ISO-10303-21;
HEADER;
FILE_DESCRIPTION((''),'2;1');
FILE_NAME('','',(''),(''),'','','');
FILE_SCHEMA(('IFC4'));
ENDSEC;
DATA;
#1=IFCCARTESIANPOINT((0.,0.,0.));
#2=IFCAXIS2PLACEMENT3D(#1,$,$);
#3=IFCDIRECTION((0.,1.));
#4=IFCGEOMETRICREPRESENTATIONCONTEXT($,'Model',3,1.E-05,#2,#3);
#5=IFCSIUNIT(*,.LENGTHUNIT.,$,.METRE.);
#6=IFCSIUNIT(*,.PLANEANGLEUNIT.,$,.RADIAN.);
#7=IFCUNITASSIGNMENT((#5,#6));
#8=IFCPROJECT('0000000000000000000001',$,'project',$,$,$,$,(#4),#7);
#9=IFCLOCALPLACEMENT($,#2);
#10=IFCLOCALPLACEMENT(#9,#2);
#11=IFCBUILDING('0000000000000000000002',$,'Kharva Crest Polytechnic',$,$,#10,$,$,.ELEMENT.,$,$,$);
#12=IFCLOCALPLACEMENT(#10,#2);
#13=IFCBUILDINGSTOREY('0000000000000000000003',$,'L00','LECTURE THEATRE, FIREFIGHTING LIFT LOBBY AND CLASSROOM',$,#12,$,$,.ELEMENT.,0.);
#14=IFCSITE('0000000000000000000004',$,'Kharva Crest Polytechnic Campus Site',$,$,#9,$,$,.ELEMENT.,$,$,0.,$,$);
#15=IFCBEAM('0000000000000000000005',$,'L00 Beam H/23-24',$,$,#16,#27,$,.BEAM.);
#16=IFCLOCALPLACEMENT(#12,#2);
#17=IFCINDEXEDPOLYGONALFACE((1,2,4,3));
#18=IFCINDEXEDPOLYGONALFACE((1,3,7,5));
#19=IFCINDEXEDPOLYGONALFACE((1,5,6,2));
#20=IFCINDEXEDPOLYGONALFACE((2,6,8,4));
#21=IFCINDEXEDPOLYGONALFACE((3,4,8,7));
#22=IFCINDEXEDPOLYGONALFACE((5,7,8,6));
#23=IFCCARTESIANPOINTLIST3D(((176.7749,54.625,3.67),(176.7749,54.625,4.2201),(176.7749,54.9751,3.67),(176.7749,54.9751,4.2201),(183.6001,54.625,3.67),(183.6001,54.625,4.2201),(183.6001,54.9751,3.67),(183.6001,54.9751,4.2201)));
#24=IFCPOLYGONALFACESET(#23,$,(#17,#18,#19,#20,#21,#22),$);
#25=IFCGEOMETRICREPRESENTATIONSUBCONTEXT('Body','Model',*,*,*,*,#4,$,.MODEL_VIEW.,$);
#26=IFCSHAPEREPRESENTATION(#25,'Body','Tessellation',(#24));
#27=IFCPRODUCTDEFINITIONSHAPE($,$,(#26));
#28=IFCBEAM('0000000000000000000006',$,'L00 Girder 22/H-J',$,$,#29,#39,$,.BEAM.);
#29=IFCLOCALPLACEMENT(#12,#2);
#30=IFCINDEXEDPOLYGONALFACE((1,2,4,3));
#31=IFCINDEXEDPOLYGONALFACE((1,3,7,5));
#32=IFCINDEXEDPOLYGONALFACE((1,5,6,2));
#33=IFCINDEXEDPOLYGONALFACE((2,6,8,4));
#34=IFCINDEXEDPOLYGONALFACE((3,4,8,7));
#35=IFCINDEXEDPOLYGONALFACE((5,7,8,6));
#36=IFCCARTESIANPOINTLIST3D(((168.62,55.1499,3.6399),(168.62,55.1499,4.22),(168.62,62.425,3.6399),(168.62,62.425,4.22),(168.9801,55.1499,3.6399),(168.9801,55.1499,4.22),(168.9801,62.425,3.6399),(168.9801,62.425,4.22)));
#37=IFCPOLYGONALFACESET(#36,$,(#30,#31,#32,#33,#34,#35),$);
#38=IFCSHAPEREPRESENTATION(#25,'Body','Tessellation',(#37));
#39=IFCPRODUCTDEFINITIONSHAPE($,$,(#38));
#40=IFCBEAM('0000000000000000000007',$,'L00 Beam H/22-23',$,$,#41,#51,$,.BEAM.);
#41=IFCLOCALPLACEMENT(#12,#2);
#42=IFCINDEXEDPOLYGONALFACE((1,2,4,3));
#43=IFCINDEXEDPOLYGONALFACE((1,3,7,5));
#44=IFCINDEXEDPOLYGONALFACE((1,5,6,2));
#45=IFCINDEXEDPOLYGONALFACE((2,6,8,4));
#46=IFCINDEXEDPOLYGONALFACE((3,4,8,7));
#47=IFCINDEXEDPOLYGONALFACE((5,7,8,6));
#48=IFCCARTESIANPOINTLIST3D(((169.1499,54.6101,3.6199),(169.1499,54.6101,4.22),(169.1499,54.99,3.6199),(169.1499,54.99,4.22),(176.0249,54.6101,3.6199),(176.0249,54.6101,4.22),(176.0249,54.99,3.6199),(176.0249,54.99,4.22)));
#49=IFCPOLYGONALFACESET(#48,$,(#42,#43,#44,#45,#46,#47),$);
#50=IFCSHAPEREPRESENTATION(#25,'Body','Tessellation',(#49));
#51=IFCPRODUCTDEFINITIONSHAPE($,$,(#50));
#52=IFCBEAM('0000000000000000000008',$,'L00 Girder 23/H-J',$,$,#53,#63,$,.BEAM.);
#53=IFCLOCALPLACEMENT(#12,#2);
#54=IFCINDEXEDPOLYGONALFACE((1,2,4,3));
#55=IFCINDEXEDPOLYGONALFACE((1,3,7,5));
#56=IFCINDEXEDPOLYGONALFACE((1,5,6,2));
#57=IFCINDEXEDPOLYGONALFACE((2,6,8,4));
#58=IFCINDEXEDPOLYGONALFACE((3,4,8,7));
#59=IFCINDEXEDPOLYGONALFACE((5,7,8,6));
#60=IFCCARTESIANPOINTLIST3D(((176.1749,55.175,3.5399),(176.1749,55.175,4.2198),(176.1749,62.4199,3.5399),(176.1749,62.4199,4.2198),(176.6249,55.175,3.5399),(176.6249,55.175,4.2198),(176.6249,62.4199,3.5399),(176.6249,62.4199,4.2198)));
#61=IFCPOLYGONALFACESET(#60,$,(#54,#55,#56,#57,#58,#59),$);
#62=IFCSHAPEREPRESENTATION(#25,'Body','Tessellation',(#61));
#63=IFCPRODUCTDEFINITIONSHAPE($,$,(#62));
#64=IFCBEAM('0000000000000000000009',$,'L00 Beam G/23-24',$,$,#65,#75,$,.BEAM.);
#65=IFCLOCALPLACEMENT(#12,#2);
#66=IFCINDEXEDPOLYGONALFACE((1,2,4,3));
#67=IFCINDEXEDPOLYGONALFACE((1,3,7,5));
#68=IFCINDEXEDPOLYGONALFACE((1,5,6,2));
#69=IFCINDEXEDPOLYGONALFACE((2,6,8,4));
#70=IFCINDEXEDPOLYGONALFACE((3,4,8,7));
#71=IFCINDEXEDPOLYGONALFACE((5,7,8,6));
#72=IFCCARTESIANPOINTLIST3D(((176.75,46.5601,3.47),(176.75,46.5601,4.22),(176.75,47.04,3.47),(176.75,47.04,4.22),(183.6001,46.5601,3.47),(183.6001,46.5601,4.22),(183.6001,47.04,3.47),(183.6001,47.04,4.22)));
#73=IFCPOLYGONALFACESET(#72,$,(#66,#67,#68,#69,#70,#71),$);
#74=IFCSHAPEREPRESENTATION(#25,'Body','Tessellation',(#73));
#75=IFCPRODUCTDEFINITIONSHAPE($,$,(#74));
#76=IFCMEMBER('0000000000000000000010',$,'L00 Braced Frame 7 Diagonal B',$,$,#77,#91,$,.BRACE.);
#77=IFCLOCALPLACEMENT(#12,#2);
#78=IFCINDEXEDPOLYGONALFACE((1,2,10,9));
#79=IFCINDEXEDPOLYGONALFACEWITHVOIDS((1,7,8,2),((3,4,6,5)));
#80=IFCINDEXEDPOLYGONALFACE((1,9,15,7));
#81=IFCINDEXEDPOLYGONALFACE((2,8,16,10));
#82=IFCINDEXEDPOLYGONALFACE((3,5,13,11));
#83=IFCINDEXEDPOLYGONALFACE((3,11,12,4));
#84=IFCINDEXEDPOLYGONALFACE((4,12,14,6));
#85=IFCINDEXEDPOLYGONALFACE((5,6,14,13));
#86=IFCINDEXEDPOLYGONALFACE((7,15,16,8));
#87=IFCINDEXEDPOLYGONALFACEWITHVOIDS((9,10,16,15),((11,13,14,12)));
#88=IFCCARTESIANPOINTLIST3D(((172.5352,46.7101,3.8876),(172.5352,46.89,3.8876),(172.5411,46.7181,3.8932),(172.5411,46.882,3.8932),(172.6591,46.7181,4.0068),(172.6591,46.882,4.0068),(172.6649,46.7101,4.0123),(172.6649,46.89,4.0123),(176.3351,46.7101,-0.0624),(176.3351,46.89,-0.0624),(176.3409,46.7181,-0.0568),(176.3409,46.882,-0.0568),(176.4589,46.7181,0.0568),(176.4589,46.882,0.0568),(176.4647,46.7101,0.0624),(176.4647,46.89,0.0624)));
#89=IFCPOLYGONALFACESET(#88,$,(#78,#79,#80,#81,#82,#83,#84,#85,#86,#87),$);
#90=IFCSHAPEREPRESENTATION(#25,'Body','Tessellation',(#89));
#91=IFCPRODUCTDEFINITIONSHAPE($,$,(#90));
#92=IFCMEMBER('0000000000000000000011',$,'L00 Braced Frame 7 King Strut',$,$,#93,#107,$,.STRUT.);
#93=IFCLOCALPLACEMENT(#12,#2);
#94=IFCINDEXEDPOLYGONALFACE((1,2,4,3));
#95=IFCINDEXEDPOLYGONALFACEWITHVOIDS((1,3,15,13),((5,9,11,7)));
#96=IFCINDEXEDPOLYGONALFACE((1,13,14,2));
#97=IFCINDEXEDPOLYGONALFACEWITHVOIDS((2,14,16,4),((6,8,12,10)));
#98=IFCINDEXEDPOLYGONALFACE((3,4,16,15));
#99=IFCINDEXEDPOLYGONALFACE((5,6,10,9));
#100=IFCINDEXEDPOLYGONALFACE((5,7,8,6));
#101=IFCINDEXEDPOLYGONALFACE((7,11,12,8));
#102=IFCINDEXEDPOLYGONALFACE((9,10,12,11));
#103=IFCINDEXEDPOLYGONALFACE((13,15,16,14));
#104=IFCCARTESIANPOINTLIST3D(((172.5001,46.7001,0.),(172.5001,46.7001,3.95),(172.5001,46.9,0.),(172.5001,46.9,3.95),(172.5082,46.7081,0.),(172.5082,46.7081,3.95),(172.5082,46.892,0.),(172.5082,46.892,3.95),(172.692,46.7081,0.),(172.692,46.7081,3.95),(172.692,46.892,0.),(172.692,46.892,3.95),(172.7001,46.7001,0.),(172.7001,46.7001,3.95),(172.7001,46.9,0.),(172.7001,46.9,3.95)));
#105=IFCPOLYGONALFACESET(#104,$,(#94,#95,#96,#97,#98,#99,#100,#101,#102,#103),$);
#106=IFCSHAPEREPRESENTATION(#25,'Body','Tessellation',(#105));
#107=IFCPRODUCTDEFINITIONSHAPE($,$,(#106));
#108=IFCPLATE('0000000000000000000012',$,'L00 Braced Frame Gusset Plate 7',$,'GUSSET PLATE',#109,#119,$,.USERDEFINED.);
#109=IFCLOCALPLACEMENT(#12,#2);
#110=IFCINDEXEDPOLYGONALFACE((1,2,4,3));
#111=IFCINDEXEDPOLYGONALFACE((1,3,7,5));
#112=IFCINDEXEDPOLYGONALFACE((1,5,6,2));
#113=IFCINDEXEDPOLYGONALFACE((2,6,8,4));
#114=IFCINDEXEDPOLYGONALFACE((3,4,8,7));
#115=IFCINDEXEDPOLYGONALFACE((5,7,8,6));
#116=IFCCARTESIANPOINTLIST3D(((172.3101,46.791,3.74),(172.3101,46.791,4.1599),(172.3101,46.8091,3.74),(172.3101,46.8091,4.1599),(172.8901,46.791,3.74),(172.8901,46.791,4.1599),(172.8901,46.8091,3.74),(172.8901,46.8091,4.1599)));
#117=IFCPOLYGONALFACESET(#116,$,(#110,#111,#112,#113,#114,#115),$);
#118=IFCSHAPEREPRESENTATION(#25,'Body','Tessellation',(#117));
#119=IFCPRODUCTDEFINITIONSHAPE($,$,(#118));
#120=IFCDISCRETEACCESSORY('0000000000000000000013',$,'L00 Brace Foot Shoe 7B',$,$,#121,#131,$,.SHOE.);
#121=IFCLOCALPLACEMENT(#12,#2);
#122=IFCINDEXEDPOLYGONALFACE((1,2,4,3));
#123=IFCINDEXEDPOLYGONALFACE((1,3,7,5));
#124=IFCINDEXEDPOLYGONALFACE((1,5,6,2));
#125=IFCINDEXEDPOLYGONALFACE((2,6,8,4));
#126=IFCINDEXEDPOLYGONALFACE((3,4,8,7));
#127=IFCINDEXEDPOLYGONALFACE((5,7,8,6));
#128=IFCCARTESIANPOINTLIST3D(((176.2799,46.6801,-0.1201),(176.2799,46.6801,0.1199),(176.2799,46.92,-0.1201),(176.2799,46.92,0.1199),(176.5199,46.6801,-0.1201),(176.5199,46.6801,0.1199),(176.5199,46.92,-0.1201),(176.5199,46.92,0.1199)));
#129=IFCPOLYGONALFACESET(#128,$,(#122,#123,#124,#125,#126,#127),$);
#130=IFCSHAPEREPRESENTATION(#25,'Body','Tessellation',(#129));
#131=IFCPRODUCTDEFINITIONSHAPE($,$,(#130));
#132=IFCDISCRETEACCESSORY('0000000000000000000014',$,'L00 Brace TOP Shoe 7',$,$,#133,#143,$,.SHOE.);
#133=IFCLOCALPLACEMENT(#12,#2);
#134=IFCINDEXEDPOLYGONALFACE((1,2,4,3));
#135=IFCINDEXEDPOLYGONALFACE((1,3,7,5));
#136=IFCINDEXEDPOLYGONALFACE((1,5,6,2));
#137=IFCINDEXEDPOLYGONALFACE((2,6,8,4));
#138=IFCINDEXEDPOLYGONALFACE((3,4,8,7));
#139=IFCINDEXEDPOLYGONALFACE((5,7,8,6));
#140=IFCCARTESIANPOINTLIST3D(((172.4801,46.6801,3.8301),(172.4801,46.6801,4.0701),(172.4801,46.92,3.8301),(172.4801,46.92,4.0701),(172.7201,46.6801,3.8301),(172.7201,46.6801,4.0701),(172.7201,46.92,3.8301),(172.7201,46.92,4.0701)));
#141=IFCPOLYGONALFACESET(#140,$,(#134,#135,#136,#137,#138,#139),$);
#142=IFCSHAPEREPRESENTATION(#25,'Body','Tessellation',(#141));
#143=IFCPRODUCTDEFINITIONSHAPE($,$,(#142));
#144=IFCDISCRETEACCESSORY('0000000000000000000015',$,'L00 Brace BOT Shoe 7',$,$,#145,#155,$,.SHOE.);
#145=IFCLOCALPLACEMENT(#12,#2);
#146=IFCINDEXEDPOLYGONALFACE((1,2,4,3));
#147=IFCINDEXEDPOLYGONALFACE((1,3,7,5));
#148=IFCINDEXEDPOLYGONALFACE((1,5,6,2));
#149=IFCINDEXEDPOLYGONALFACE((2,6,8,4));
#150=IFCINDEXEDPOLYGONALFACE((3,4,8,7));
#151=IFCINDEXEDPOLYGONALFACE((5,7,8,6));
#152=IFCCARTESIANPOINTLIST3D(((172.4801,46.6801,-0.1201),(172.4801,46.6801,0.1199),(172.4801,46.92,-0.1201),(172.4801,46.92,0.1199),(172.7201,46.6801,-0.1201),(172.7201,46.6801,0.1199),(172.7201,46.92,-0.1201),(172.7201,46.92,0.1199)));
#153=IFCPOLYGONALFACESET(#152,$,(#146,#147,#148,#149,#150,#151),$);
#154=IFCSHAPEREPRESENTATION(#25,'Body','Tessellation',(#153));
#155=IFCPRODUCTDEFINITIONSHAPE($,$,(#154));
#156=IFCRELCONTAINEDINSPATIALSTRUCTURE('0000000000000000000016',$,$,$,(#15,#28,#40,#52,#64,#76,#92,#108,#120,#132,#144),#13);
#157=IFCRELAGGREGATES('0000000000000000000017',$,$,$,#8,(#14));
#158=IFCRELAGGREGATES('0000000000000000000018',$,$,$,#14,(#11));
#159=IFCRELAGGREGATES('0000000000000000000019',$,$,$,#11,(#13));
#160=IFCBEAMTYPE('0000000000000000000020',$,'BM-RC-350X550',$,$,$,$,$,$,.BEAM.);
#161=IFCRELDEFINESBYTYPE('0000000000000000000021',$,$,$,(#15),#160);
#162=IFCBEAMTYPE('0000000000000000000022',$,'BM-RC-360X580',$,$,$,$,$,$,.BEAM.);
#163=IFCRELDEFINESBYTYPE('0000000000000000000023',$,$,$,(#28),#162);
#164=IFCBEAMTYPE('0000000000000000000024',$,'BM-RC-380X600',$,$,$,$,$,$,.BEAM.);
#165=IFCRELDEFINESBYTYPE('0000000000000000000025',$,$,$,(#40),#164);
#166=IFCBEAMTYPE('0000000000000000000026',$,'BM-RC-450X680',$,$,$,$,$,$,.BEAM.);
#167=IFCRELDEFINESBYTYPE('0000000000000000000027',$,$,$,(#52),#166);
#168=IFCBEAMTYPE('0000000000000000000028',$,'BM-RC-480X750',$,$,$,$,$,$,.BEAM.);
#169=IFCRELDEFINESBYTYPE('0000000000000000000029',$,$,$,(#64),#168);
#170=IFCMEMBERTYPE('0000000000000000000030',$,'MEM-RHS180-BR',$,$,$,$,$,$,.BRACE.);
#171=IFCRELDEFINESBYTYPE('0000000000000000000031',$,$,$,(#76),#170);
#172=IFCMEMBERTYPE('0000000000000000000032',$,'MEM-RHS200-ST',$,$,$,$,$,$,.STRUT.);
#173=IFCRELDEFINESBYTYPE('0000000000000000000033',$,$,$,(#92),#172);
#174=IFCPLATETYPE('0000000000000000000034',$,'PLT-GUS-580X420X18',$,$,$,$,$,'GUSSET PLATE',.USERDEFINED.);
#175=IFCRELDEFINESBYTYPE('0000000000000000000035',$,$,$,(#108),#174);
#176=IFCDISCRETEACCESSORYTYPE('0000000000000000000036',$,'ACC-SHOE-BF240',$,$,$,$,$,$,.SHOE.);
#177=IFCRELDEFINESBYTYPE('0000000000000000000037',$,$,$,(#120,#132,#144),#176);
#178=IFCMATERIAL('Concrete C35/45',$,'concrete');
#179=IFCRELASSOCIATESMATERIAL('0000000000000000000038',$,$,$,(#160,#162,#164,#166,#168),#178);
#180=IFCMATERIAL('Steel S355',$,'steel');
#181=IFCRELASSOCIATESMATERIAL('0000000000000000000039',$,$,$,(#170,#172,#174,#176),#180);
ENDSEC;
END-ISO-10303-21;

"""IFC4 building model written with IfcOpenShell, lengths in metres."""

from ifc_helpers import new_model, si_unit, direction, frame, origin, origin_2d, place, context, subcontext, project, spatial, rectangle, hollow_rectangle, extrude, material, material_profile, profile_set, type_object, element, save


model = new_model("IFC4")

# Units and contexts
model_context = context("Model", 3, precision=1e-05, world=origin(), true_north=direction((0.0, 1.0)))
body_context = subcontext(model_context, "Body", "Model", "MODEL_VIEW")
ifc_project = project(units=[si_unit("LENGTHUNIT", "METRE"), si_unit("PLANEANGLEUNIT", "RADIAN")], contexts=[model_context])

# Site, building, storey
site_placement = place(None, origin())
site = spatial("IfcSite", under=ifc_project, at=site_placement, Name="Kharva Crest Polytechnic Campus Site", CompositionType="ELEMENT", RefElevation=0.0)
building_placement = place(site_placement, origin())
building = spatial("IfcBuilding", under=site, at=building_placement, Name="Kharva Crest Polytechnic", CompositionType="ELEMENT")
storey_placement = place(building_placement, origin())
storey = spatial("IfcBuildingStorey", under=building, at=storey_placement, Name="L00", Description="LECTURE THEATRE, FIREFIGHTING LIFT LOBBY AND CLASSROOM", CompositionType="ELEMENT", Elevation=0.0)

# Shared definitions
ifc_material_1 = material(Name="Concrete C35/45", Category="concrete")

# Beams
ifc_material_profile_1 = material_profile(ifc_material_1, rectangle(XDim=0.3501, YDim=0.55, at=origin_2d()), Name="RECT 350 X 550")
ifc_profile_set_1 = profile_set([ifc_material_profile_1], Name="Concrete C35/45")
beam_type_1 = type_object("IfcBeamType", Name="BM-RC-350X550", PredefinedType="BEAM", material=ifc_profile_set_1)
beam_1_placement = place(storey_placement, frame((176.7749, 54.8, 3.9451), z_axis=(1.0, 0.0, 0.0), x_axis=(0.0, 1.0, 0.0)))
element("IfcBeam", 1, at=beam_1_placement, inside=storey, type_object=beam_type_1, Name="L00 Beam H/23-24", PredefinedType="BEAM", context=body_context, shape_type="SweptSolid", body=[
    extrude(rectangle(XDim=0.3501, YDim=0.55, at=origin_2d()), origin(), (0.0, 0.0, 1.0), 6.8252),
])
ifc_material_profile_2 = material_profile(ifc_material_1, rectangle(XDim=0.3601, YDim=0.5801, at=origin_2d()), Name="RECT 360 X 580")
ifc_profile_set_2 = profile_set([ifc_material_profile_2], Name="Concrete C35/45")
beam_type_2 = type_object("IfcBeamType", Name="BM-RC-360X580", PredefinedType="BEAM", material=ifc_profile_set_2)
beam_2_placement = place(storey_placement, frame((168.8, 55.1499, 3.9299), z_axis=(0.0, 1.0, 0.0), x_axis=(-1.0, 0.0, 0.0)))
element("IfcBeam", 2, at=beam_2_placement, inside=storey, type_object=beam_type_2, Name="L00 Girder 22/H-J", PredefinedType="BEAM", context=body_context, shape_type="SweptSolid", body=[
    extrude(rectangle(XDim=0.3601, YDim=0.5801, at=origin_2d()), origin(), (0.0, 0.0, 1.0), 7.2751),
])
ifc_material_profile_3 = material_profile(ifc_material_1, rectangle(XDim=0.3799, YDim=0.6001, at=origin_2d()), Name="RECT 380 X 600")
ifc_profile_set_3 = profile_set([ifc_material_profile_3], Name="Concrete C35/45")
beam_type_3 = type_object("IfcBeamType", Name="BM-RC-380X600", PredefinedType="BEAM", material=ifc_profile_set_3)
beam_3_placement = place(storey_placement, frame((169.1499, 54.8, 3.9199), z_axis=(1.0, 0.0, 0.0), x_axis=(0.0, 1.0, 0.0)))
element("IfcBeam", 3, at=beam_3_placement, inside=storey, type_object=beam_type_3, Name="L00 Beam H/22-23", PredefinedType="BEAM", context=body_context, shape_type="SweptSolid", body=[
    extrude(rectangle(XDim=0.3799, YDim=0.6001, at=origin_2d()), origin(), (0.0, 0.0, 1.0), 6.875),
])
ifc_material_profile_4 = material_profile(ifc_material_1, rectangle(XDim=0.45, YDim=0.6799, at=origin_2d()), Name="RECT 450 X 680")
ifc_profile_set_4 = profile_set([ifc_material_profile_4], Name="Concrete C35/45")
beam_type_4 = type_object("IfcBeamType", Name="BM-RC-450X680", PredefinedType="BEAM", material=ifc_profile_set_4)
beam_4_placement = place(storey_placement, frame((176.3999, 55.175, 3.8799), z_axis=(0.0, 1.0, 0.0), x_axis=(-1.0, 0.0, 0.0)))
element("IfcBeam", 4, at=beam_4_placement, inside=storey, type_object=beam_type_4, Name="L00 Girder 23/H-J", PredefinedType="BEAM", context=body_context, shape_type="SweptSolid", body=[
    extrude(rectangle(XDim=0.45, YDim=0.6799, at=origin_2d()), origin(), (0.0, 0.0, 1.0), 7.2449),
])
ifc_material_profile_5 = material_profile(ifc_material_1, rectangle(XDim=0.48, YDim=0.75, at=origin_2d()), Name="RECT 480 X 750")
ifc_profile_set_5 = profile_set([ifc_material_profile_5], Name="Concrete C35/45")
beam_type_5 = type_object("IfcBeamType", Name="BM-RC-480X750", PredefinedType="BEAM", material=ifc_profile_set_5)
beam_5_placement = place(storey_placement, frame((176.75, 46.8, 3.845), z_axis=(1.0, 0.0, 0.0), x_axis=(0.0, 1.0, 0.0)))
element("IfcBeam", 5, at=beam_5_placement, inside=storey, type_object=beam_type_5, Name="L00 Beam G/23-24", PredefinedType="BEAM", context=body_context, shape_type="SweptSolid", body=[
    extrude(rectangle(XDim=0.48, YDim=0.75, at=origin_2d()), origin(), (0.0, 0.0, 1.0), 6.8501),
])

# Members
ifc_material_2 = material(Name="Steel S355", Category="steel")
ifc_material_profile_6 = material_profile(ifc_material_2, hollow_rectangle(XDim=0.1799, YDim=0.1799, WallThickness=0.0081, at=origin_2d()), Name="RHS 180X180X8.0")
ifc_profile_set_6 = profile_set([ifc_material_profile_6], Name="Steel S355")
member_type_1 = type_object("IfcMemberType", Name="MEM-RHS180-BR", PredefinedType="BRACE", material=ifc_profile_set_6)
member_1_placement = place(storey_placement, frame((176.3999, 46.8, 0.0), z_axis=(-0.693277, 0.0, 0.720671), x_axis=(0.0, -1.0, 0.0)))
element("IfcMember", 6, at=member_1_placement, inside=storey, type_object=member_type_1, Name="L00 Braced Frame 7 Diagonal B", PredefinedType="BRACE", context=body_context, shape_type="SweptSolid", body=[
    extrude(hollow_rectangle(XDim=0.1799, YDim=0.1799, WallThickness=0.0081, at=origin_2d()), origin(), (0.0, 0.0, 1.0), 5.481),
])
ifc_material_profile_7 = material_profile(ifc_material_2, hollow_rectangle(XDim=0.2, YDim=0.2, WallThickness=0.0081, at=origin_2d()), Name="RHS 200X200X8.0")
ifc_profile_set_7 = profile_set([ifc_material_profile_7], Name="Steel S355")
member_type_2 = type_object("IfcMemberType", Name="MEM-RHS200-ST", PredefinedType="STRUT", material=ifc_profile_set_7)
member_2_placement = place(storey_placement, frame((172.6001, 46.8, 0.0), z_axis=(0.0, 0.0, 1.0), x_axis=(1.0, 0.0, 0.0)))
element("IfcMember", 7, at=member_2_placement, inside=storey, type_object=member_type_2, Name="L00 Braced Frame 7 King Strut", PredefinedType="STRUT", context=body_context, shape_type="SweptSolid", body=[
    extrude(hollow_rectangle(XDim=0.2, YDim=0.2, WallThickness=0.0081, at=origin_2d()), origin(), (0.0, 0.0, 1.0), 3.95),
])

# Plate
plate_type = type_object("IfcPlateType", Name="PLT-GUS-580X420X18", ElementType="GUSSET PLATE", PredefinedType="USERDEFINED", material=ifc_material_2)
plate_placement = place(storey_placement, frame((172.6001, 46.8, 3.74), z_axis=(0.0, 0.0, 1.0), x_axis=(1.0, 0.0, 0.0)))
element("IfcPlate", 8, at=plate_placement, inside=storey, type_object=plate_type, Name="L00 Braced Frame Gusset Plate 7", ObjectType="GUSSET PLATE", PredefinedType="USERDEFINED", context=body_context, shape_type="SweptSolid", body=[
    extrude(rectangle(XDim=0.5801, YDim=0.0181, at=origin_2d()), origin(), (0.0, 0.0, 1.0), 0.4199),
])

# Discrete accessories
discrete_accessory_type = type_object("IfcDiscreteAccessoryType", Name="ACC-SHOE-BF240", PredefinedType="SHOE", material=ifc_material_2)
for number, where, z_axis, x_axis, name in (
    (9, (176.3999, 46.8, -0.1201), (0.0, 0.0, 1.0), (1.0, 0.0, 0.0), "L00 Brace Foot Shoe 7B"),
    (10, (172.6001, 46.8, 3.8301), (0.0, 0.0, 1.0), (1.0, 0.0, 0.0), "L00 Brace TOP Shoe 7"),
    (11, (172.6001, 46.8, -0.1201), (0.0, 0.0, 1.0), (1.0, 0.0, 0.0), "L00 Brace BOT Shoe 7"),
):
    element("IfcDiscreteAccessory", number, at=place(storey_placement, frame(where, z_axis=z_axis, x_axis=x_axis)), inside=storey, type_object=discrete_accessory_type, Name=name, PredefinedType="SHOE", context=body_context, shape_type="SweptSolid", body=[
        extrude(rectangle(XDim=0.24, YDim=0.24, at=origin_2d()), origin(), (0.0, 0.0, 1.0), 0.24),
    ])

save(model, "model.ifc")
